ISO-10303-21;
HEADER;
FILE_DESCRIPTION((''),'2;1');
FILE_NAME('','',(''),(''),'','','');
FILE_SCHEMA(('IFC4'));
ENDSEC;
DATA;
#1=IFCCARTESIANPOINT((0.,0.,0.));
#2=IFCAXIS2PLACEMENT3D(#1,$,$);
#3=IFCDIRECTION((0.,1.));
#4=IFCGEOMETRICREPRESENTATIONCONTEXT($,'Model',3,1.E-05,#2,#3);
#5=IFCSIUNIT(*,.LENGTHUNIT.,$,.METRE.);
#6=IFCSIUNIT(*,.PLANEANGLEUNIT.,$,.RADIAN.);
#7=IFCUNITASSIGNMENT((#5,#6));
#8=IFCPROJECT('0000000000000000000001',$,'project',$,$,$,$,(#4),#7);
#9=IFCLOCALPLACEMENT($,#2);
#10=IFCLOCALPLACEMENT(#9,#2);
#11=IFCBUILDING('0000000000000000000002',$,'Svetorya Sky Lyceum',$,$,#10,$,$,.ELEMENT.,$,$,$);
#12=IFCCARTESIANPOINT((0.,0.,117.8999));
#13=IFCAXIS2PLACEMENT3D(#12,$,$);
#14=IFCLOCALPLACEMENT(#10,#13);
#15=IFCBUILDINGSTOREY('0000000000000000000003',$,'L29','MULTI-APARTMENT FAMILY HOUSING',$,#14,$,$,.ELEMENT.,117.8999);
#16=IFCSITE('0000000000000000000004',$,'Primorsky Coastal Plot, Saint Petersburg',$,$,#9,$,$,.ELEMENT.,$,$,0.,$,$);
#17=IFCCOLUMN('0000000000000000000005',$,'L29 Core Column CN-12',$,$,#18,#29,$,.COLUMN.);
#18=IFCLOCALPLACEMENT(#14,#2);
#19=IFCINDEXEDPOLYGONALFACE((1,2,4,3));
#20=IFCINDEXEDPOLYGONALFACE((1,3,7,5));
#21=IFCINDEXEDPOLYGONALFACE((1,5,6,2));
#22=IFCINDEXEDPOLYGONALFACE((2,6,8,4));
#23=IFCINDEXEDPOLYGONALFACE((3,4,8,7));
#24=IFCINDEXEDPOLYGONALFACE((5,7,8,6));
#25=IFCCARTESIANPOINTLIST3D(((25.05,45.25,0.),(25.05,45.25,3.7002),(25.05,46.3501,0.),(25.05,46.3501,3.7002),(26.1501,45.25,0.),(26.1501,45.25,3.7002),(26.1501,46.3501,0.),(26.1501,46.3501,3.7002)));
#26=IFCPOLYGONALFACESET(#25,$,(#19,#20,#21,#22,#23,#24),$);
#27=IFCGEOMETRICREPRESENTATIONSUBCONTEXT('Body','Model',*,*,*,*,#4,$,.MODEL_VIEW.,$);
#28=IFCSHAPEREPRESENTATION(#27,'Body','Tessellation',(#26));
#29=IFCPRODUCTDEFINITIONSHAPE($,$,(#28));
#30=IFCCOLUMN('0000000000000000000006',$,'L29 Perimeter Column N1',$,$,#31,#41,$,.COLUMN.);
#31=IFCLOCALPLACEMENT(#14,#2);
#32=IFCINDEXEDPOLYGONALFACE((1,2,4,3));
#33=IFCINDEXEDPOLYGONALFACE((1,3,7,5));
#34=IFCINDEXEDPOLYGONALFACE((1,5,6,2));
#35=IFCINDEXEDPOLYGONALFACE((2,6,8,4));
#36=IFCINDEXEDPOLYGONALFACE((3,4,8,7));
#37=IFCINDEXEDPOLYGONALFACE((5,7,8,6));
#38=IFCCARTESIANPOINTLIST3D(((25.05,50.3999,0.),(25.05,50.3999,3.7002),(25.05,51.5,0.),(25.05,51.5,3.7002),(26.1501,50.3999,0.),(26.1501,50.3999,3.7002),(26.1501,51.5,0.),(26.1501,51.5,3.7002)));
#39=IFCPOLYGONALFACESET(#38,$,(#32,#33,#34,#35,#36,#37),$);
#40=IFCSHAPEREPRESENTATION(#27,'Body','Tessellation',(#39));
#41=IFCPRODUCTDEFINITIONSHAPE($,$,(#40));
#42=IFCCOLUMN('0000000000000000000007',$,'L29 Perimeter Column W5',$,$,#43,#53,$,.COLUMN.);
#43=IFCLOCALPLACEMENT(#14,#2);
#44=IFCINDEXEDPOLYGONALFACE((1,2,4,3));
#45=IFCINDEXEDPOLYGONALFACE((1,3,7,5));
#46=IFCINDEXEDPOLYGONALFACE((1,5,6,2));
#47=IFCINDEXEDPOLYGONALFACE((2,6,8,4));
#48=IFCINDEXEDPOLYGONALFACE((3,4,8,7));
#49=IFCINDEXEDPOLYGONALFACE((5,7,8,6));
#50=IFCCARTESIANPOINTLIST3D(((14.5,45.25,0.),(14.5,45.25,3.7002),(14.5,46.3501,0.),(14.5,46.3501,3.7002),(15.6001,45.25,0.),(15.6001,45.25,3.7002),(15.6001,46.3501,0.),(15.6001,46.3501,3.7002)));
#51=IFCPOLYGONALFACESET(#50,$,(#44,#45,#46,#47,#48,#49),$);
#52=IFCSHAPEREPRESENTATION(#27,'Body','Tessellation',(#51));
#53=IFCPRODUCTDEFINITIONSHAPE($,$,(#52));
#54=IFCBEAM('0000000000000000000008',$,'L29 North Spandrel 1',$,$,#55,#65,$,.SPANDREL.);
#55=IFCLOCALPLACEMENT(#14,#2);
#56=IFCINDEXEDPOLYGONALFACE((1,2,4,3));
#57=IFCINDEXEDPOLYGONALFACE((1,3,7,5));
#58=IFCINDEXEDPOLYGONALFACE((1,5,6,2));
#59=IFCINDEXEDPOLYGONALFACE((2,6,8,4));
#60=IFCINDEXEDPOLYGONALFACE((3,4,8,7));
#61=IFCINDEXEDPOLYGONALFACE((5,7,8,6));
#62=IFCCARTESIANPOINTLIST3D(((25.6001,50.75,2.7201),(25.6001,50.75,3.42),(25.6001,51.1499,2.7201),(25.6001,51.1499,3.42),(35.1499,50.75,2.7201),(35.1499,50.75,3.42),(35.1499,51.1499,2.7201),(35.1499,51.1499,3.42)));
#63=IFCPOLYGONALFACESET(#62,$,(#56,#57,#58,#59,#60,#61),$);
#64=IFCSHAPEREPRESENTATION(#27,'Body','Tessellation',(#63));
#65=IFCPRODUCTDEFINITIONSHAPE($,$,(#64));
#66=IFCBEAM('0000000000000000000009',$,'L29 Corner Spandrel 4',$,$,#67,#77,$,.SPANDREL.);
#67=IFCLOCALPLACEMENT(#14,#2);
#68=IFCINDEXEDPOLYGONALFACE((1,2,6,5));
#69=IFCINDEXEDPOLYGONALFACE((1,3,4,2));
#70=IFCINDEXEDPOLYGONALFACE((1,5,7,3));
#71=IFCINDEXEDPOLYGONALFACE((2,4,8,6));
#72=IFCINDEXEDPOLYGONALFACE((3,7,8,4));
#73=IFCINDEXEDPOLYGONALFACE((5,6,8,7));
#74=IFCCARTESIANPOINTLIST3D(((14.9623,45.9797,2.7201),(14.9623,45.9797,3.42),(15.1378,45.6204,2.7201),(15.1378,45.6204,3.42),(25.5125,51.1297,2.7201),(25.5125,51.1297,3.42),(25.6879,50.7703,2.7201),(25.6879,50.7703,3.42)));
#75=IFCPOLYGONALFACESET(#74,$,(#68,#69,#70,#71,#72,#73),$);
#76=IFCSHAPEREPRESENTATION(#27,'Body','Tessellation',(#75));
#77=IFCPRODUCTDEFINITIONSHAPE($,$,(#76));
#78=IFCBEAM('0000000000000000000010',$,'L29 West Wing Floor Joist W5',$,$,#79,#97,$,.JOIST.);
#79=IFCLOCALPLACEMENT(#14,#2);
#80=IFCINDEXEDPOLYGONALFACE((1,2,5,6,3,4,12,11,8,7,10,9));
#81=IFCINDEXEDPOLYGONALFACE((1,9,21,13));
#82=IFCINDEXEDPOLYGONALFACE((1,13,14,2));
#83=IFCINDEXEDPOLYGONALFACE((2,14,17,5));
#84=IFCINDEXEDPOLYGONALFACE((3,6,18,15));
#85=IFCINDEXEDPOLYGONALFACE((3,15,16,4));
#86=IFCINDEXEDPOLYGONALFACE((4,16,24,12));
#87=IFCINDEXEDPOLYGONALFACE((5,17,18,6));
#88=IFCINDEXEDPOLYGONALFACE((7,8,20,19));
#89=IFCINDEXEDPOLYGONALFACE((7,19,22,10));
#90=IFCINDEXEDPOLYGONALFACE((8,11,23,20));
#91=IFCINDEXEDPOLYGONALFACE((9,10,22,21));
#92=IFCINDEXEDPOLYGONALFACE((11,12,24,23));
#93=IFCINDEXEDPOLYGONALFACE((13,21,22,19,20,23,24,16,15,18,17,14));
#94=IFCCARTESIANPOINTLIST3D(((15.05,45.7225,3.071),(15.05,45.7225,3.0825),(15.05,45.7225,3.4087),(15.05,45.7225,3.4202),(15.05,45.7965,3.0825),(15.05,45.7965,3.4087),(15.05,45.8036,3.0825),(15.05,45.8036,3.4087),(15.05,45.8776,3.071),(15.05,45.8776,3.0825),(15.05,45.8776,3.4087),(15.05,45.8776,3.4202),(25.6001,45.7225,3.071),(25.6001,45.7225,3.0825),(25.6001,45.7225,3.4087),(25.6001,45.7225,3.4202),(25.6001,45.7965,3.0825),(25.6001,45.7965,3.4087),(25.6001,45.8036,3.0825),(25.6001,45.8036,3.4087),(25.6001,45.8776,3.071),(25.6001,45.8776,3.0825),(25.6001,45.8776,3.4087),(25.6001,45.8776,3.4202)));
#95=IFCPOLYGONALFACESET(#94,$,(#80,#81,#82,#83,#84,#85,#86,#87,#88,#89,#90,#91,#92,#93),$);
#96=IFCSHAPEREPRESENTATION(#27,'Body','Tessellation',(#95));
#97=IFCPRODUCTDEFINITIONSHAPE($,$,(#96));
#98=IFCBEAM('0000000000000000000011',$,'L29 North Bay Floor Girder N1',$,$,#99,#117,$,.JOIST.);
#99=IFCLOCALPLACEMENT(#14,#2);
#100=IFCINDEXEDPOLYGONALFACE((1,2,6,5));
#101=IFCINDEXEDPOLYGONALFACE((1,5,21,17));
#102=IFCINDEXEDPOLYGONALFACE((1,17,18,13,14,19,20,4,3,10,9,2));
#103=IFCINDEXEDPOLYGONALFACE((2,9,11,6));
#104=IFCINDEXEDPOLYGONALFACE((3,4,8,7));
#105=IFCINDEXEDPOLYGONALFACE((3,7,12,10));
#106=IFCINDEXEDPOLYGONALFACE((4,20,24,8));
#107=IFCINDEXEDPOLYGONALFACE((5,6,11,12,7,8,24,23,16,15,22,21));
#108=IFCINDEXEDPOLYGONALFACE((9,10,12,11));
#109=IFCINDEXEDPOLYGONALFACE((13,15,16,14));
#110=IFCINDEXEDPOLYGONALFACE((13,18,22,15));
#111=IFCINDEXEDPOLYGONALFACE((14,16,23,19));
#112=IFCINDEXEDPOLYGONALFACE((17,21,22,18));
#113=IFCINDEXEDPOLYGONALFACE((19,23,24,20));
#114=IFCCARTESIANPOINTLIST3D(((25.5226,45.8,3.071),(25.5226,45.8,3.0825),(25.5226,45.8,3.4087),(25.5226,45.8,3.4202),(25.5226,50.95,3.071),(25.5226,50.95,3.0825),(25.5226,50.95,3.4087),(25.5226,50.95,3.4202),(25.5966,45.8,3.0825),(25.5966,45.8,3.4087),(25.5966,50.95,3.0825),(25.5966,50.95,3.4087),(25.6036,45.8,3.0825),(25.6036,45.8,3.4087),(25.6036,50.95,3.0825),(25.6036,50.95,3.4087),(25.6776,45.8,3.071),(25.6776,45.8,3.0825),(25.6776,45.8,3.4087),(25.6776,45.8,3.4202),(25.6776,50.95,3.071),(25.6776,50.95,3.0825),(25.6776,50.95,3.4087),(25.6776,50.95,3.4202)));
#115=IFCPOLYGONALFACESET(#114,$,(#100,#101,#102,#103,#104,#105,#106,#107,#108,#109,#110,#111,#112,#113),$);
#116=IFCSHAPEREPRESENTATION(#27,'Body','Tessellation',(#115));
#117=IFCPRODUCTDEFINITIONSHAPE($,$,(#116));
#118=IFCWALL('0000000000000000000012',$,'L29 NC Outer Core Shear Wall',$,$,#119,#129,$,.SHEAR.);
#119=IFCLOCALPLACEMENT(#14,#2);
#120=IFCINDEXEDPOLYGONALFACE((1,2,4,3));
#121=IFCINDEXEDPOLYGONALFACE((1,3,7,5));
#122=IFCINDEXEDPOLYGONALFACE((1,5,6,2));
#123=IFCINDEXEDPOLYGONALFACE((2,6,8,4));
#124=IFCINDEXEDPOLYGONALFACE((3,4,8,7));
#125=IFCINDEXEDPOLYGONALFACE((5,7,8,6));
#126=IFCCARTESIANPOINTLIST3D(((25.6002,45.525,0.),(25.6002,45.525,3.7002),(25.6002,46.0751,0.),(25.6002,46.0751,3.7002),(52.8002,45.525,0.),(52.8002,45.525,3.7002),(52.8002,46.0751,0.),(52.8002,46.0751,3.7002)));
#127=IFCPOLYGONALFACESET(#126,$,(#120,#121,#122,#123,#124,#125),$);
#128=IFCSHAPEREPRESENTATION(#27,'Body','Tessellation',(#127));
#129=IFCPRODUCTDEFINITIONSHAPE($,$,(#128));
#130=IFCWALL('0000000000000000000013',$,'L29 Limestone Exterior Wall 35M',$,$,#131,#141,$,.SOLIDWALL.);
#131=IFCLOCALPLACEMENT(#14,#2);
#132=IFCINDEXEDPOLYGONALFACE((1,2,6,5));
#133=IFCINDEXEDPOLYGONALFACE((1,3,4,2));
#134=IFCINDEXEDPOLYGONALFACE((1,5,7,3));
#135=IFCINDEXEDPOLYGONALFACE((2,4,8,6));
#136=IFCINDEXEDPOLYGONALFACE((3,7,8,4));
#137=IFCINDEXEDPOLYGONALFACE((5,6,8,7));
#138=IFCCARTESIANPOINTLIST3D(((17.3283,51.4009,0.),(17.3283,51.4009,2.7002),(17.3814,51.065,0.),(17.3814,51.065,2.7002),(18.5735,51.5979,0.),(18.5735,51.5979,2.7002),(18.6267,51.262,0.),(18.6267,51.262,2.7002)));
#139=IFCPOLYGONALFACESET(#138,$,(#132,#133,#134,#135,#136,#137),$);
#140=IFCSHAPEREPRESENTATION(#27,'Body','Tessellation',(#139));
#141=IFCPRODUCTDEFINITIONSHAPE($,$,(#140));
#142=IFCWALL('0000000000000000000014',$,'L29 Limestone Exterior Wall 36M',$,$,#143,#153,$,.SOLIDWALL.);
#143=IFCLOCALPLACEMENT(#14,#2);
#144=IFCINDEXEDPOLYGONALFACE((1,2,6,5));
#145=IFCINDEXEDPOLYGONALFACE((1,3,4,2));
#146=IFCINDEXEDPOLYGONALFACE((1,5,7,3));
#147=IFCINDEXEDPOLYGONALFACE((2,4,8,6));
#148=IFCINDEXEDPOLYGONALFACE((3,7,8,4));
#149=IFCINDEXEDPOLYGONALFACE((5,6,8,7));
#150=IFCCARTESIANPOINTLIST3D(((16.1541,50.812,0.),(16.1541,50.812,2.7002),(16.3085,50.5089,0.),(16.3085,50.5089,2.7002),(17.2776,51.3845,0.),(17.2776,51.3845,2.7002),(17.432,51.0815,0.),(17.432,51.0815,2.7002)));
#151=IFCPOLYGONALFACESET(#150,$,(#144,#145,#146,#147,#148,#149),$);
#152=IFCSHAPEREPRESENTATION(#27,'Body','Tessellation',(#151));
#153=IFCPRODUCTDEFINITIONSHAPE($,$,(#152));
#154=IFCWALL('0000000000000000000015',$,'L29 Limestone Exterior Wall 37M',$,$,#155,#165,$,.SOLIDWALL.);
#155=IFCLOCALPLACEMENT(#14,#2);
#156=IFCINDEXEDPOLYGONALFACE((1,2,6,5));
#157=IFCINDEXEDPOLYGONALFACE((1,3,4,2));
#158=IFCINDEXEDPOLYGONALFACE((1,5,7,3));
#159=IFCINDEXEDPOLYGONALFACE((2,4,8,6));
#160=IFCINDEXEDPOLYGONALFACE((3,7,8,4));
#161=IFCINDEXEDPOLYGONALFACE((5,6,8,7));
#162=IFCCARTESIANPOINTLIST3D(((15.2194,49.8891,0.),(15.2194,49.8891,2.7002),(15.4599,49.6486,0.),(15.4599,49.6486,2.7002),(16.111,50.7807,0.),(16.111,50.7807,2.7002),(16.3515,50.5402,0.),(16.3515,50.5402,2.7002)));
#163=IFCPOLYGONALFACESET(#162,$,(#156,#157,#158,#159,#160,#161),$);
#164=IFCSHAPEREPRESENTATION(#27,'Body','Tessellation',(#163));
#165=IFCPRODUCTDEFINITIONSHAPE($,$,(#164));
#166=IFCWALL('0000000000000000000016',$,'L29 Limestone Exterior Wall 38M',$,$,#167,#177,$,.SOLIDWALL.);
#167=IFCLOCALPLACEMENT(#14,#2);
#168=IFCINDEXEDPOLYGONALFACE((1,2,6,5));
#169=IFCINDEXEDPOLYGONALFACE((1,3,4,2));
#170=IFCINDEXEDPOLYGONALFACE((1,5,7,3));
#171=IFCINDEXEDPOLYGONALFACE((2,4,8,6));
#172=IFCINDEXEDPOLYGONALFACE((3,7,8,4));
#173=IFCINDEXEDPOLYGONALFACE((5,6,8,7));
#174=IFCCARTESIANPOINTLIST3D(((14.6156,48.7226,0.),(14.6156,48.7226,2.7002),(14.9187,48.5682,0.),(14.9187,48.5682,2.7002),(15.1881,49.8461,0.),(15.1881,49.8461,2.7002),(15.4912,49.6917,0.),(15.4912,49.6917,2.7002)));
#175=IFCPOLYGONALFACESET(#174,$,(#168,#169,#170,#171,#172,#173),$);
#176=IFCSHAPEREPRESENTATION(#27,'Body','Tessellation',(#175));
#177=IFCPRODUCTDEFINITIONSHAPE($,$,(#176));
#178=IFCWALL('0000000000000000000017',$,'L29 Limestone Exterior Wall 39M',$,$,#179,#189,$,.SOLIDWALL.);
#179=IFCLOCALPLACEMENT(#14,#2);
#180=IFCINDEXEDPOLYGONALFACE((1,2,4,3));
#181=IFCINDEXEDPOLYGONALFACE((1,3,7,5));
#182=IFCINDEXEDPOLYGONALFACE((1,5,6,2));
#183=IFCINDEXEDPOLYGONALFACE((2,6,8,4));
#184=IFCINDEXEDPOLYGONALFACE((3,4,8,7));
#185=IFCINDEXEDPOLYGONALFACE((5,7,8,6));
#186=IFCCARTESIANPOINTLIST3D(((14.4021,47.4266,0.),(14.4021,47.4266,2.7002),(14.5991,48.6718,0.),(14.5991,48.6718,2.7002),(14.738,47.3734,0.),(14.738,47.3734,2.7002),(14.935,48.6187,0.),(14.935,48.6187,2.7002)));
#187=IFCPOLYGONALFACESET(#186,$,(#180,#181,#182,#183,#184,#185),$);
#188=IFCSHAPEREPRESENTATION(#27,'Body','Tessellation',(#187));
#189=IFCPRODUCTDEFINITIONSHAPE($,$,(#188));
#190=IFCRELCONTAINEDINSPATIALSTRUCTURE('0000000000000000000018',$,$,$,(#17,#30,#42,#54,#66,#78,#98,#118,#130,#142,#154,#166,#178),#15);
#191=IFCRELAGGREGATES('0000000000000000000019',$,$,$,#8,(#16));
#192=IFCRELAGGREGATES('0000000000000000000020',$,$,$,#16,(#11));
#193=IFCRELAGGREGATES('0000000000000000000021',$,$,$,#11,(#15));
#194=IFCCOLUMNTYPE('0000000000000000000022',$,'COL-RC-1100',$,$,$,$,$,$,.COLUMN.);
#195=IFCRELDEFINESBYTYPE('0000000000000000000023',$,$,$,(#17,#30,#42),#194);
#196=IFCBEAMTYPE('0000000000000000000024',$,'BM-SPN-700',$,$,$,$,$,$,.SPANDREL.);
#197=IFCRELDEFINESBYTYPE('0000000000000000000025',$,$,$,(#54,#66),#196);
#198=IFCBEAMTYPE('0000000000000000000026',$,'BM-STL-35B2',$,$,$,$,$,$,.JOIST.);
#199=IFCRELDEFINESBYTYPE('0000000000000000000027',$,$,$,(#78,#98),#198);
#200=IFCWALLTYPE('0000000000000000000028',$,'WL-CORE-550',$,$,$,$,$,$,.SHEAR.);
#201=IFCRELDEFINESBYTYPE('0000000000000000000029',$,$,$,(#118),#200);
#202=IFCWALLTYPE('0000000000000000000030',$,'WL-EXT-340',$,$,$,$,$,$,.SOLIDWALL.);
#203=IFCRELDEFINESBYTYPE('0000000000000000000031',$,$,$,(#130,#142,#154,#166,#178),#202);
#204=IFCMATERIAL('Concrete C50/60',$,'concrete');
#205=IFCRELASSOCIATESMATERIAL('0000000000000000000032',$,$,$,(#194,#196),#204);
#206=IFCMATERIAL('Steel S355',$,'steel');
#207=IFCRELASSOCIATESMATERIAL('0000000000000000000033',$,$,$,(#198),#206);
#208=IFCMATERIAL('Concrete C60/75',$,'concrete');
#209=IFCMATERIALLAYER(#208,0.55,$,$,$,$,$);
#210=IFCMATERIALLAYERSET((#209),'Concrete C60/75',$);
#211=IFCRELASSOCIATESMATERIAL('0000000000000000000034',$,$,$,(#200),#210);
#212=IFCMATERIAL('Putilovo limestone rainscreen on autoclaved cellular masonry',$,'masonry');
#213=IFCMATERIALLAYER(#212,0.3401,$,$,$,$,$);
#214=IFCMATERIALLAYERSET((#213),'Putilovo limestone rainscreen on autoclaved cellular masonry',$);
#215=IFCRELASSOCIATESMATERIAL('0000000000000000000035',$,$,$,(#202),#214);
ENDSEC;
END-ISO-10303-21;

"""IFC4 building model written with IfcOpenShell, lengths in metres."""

from ifc_helpers import new_model, si_unit, direction, frame, frame_2d, origin, origin_2d, place, context, subcontext, project, spatial, rectangle, i_section, extrude, material, layer, layer_set, material_profile, profile_set, type_object, element, save


model = new_model("IFC4")

# Units and contexts
model_context = context("Model", 3, precision=1e-05, world=origin(), true_north=direction((0.0, 1.0)))
body_context = subcontext(model_context, "Body", "Model", "MODEL_VIEW")
ifc_project = project(units=[si_unit("LENGTHUNIT", "METRE"), si_unit("PLANEANGLEUNIT", "RADIAN")], contexts=[model_context])

# Site, building, storey
site_placement = place(None, origin())
site = spatial("IfcSite", under=ifc_project, at=site_placement, Name="Primorsky Coastal Plot, Saint Petersburg", CompositionType="ELEMENT", RefElevation=0.0)
building_placement = place(site_placement, origin())
building = spatial("IfcBuilding", under=site, at=building_placement, Name="Svetorya Sky Lyceum", CompositionType="ELEMENT")
storey_placement = place(building_placement, frame((0.0, 0.0, 117.8999)))
storey = spatial("IfcBuildingStorey", under=building, at=storey_placement, Name="L29", Description="MULTI-APARTMENT FAMILY HOUSING", CompositionType="ELEMENT", Elevation=117.8999)

# Columns
ifc_material_1 = material(Name="Concrete C50/60", Category="concrete")
ifc_material_profile_1 = material_profile(ifc_material_1, rectangle(XDim=1.1001, YDim=1.1001, at=origin_2d()), Name="RC COL 1100x1100")
ifc_profile_set_1 = profile_set([ifc_material_profile_1], Name="Concrete C50/60")
column_type = type_object("IfcColumnType", Name="COL-RC-1100", PredefinedType="COLUMN", material=ifc_profile_set_1)
for number, where, z_axis, x_axis, name in (
    (1, (25.6001, 45.8, 0.0), (0.0, 0.0, 1.0), (1.0, 0.0, 0.0), "L29 Core Column CN-12"),
    (2, (25.6001, 50.95, 0.0), (0.0, 0.0, 1.0), (1.0, 0.0, 0.0), "L29 Perimeter Column N1"),
    (3, (15.05, 45.8, 0.0), (0.0, 0.0, 1.0), (1.0, 0.0, 0.0), "L29 Perimeter Column W5"),
):
    element("IfcColumn", number, at=place(storey_placement, frame(where, z_axis=z_axis, x_axis=x_axis)), inside=storey, type_object=column_type, Name=name, PredefinedType="COLUMN", context=body_context, shape_type="SweptSolid", body=[
        extrude(rectangle(XDim=1.1001, YDim=1.1001, at=origin_2d()), origin(), (0.0, 0.0, 1.0), 3.7002),
    ])

# Beams
ifc_material_profile_2 = material_profile(ifc_material_1, rectangle(XDim=0.3999, YDim=0.7, at=origin_2d()), Name="RC SPANDREL 400x700")
ifc_profile_set_2 = profile_set([ifc_material_profile_2], Name="Concrete C50/60")
beam_type_1 = type_object("IfcBeamType", Name="BM-SPN-700", PredefinedType="SPANDREL", material=ifc_profile_set_2)
beam_1_placement = place(storey_placement, frame((25.6001, 50.95, 3.0701), z_axis=(1.0, 0.0, 0.0), x_axis=(0.0, 1.0, 0.0)))
element("IfcBeam", 4, at=beam_1_placement, inside=storey, type_object=beam_type_1, Name="L29 North Spandrel 1", PredefinedType="SPANDREL", context=body_context, shape_type="SweptSolid", body=[
    extrude(rectangle(XDim=0.3999, YDim=0.7, at=origin_2d()), origin(), (0.0, 0.0, 1.0), 9.5498),
])
beam_2_placement = place(storey_placement, frame((15.05, 45.8, 3.0701), z_axis=(0.89865, 0.438667, 0.0), x_axis=(-0.438667, 0.89865, 0.0)))
element("IfcBeam", 5, at=beam_2_placement, inside=storey, type_object=beam_type_1, Name="L29 Corner Spandrel 4", PredefinedType="SPANDREL", context=body_context, shape_type="SweptSolid", body=[
    extrude(rectangle(XDim=0.3999, YDim=0.7, at=origin_2d()), origin(), (0.0, 0.0, 1.0), 11.74),
])
ifc_material_2 = material(Name="Steel S355", Category="steel")
ifc_material_profile_3 = material_profile(ifc_material_2, i_section(OverallWidth=0.155, OverallDepth=0.3491, WebThickness=0.0071, FlangeThickness=0.0115, at=origin_2d()), Name="GOST 35B2")
ifc_profile_set_3 = profile_set([ifc_material_profile_3], Name="Steel S355")
beam_type_2 = type_object("IfcBeamType", Name="BM-STL-35B2", PredefinedType="JOIST", material=ifc_profile_set_3)
beam_3_placement = place(storey_placement, frame((15.05, 45.8, 3.2456), z_axis=(1.0, 0.0, 0.0), x_axis=(0.0, 1.0, 0.0)))
element("IfcBeam", 6, at=beam_3_placement, inside=storey, type_object=beam_type_2, Name="L29 West Wing Floor Joist W5", PredefinedType="JOIST", context=body_context, shape_type="SweptSolid", body=[
    extrude(i_section(OverallWidth=0.155, OverallDepth=0.3491, WebThickness=0.0071, FlangeThickness=0.0115, at=origin_2d()), origin(), (0.0, 0.0, 1.0), 10.55),
])
beam_4_placement = place(storey_placement, frame((25.6001, 45.8, 3.2456), z_axis=(0.0, 1.0, 0.0), x_axis=(-1.0, 0.0, 0.0)))
element("IfcBeam", 7, at=beam_4_placement, inside=storey, type_object=beam_type_2, Name="L29 North Bay Floor Girder N1", PredefinedType="JOIST", context=body_context, shape_type="SweptSolid", body=[
    extrude(i_section(OverallWidth=0.155, OverallDepth=0.3491, WebThickness=0.0071, FlangeThickness=0.0115, at=origin_2d()), origin(), (0.0, 0.0, 1.0), 5.1499),
])

# Walls
ifc_material_3 = material(Name="Concrete C60/75", Category="concrete")
ifc_layer_1 = layer(ifc_material_3, 0.55)
ifc_layer_set_1 = layer_set([ifc_layer_1], Name="Concrete C60/75")
wall_type_1 = type_object("IfcWallType", Name="WL-CORE-550", PredefinedType="SHEAR", material=ifc_layer_set_1)
wall_1_placement = place(storey_placement, frame((25.6001, 45.8, 0.0), z_axis=(0.0, 0.0, 1.0), x_axis=(1.0, 0.0, 0.0)))
element("IfcWall", 8, at=wall_1_placement, inside=storey, type_object=wall_type_1, Name="L29 NC Outer Core Shear Wall", PredefinedType="SHEAR", context=body_context, shape_type="SweptSolid", body=[
    extrude(rectangle(XDim=27.2, YDim=0.55, at=frame_2d((13.6001, 0.0))), origin(), (0.0, 0.0, 1.0), 3.7002),
])
ifc_material_4 = material(Name="Putilovo limestone rainscreen on autoclaved cellular masonry", Category="masonry")
ifc_layer_2 = layer(ifc_material_4, 0.3401)
ifc_layer_set_2 = layer_set([ifc_layer_2], Name="Putilovo limestone rainscreen on autoclaved cellular masonry")
wall_type_2 = type_object("IfcWallType", Name="WL-EXT-340", PredefinedType="SOLIDWALL", material=ifc_layer_set_2)
wall_2_placement = place(storey_placement, frame((18.6001, 51.4299, 0.0), z_axis=(0.0, 0.0, 1.0), x_axis=(-0.987716, -0.156261, 0.0)))
element("IfcWall", 9, at=wall_2_placement, inside=storey, type_object=wall_type_2, Name="L29 Limestone Exterior Wall 35M", PredefinedType="SOLIDWALL", context=body_context, shape_type="SweptSolid", body=[
    extrude(rectangle(XDim=1.2607, YDim=0.3401, at=frame_2d((0.6304, 0.0))), origin(), (0.0, 0.0, 1.0), 2.7002),
])
for number, where, z_axis, x_axis, name in (
    (10, (17.3547, 51.2329, 0.0), (0.0, 0.0, 1.0), (-0.890994, -0.454016, 0.0), "L29 Limestone Exterior Wall 36M"),
    (11, (16.2312, 50.6604, 0.0), (0.0, 0.0, 1.0), (-0.707107, -0.707107, 0.0), "L29 Limestone Exterior Wall 37M"),
    (12, (15.3396, 49.7688, 0.0), (0.0, 0.0, 1.0), (-0.454016, -0.890994, 0.0), "L29 Limestone Exterior Wall 38M"),
):
    element("IfcWall", number, at=place(storey_placement, frame(where, z_axis=z_axis, x_axis=x_axis)), inside=storey, type_object=wall_type_2, Name=name, PredefinedType="SOLIDWALL", context=body_context, shape_type="SweptSolid", body=[
        extrude(rectangle(XDim=1.261, YDim=0.3401, at=frame_2d((0.6304, 0.0))), origin(), (0.0, 0.0, 1.0), 2.7002),
    ])
wall_3_placement = place(storey_placement, frame((14.7671, 48.6453, 0.0), z_axis=(0.0, 0.0, 1.0), x_axis=(-0.156261, -0.987716, 0.0)))
element("IfcWall", 13, at=wall_3_placement, inside=storey, type_object=wall_type_2, Name="L29 Limestone Exterior Wall 39M", PredefinedType="SOLIDWALL", context=body_context, shape_type="SweptSolid", body=[
    extrude(rectangle(XDim=1.2607, YDim=0.3401, at=frame_2d((0.6304, 0.0))), origin(), (0.0, 0.0, 1.0), 2.7002),
])

save(model, "model.ifc")
